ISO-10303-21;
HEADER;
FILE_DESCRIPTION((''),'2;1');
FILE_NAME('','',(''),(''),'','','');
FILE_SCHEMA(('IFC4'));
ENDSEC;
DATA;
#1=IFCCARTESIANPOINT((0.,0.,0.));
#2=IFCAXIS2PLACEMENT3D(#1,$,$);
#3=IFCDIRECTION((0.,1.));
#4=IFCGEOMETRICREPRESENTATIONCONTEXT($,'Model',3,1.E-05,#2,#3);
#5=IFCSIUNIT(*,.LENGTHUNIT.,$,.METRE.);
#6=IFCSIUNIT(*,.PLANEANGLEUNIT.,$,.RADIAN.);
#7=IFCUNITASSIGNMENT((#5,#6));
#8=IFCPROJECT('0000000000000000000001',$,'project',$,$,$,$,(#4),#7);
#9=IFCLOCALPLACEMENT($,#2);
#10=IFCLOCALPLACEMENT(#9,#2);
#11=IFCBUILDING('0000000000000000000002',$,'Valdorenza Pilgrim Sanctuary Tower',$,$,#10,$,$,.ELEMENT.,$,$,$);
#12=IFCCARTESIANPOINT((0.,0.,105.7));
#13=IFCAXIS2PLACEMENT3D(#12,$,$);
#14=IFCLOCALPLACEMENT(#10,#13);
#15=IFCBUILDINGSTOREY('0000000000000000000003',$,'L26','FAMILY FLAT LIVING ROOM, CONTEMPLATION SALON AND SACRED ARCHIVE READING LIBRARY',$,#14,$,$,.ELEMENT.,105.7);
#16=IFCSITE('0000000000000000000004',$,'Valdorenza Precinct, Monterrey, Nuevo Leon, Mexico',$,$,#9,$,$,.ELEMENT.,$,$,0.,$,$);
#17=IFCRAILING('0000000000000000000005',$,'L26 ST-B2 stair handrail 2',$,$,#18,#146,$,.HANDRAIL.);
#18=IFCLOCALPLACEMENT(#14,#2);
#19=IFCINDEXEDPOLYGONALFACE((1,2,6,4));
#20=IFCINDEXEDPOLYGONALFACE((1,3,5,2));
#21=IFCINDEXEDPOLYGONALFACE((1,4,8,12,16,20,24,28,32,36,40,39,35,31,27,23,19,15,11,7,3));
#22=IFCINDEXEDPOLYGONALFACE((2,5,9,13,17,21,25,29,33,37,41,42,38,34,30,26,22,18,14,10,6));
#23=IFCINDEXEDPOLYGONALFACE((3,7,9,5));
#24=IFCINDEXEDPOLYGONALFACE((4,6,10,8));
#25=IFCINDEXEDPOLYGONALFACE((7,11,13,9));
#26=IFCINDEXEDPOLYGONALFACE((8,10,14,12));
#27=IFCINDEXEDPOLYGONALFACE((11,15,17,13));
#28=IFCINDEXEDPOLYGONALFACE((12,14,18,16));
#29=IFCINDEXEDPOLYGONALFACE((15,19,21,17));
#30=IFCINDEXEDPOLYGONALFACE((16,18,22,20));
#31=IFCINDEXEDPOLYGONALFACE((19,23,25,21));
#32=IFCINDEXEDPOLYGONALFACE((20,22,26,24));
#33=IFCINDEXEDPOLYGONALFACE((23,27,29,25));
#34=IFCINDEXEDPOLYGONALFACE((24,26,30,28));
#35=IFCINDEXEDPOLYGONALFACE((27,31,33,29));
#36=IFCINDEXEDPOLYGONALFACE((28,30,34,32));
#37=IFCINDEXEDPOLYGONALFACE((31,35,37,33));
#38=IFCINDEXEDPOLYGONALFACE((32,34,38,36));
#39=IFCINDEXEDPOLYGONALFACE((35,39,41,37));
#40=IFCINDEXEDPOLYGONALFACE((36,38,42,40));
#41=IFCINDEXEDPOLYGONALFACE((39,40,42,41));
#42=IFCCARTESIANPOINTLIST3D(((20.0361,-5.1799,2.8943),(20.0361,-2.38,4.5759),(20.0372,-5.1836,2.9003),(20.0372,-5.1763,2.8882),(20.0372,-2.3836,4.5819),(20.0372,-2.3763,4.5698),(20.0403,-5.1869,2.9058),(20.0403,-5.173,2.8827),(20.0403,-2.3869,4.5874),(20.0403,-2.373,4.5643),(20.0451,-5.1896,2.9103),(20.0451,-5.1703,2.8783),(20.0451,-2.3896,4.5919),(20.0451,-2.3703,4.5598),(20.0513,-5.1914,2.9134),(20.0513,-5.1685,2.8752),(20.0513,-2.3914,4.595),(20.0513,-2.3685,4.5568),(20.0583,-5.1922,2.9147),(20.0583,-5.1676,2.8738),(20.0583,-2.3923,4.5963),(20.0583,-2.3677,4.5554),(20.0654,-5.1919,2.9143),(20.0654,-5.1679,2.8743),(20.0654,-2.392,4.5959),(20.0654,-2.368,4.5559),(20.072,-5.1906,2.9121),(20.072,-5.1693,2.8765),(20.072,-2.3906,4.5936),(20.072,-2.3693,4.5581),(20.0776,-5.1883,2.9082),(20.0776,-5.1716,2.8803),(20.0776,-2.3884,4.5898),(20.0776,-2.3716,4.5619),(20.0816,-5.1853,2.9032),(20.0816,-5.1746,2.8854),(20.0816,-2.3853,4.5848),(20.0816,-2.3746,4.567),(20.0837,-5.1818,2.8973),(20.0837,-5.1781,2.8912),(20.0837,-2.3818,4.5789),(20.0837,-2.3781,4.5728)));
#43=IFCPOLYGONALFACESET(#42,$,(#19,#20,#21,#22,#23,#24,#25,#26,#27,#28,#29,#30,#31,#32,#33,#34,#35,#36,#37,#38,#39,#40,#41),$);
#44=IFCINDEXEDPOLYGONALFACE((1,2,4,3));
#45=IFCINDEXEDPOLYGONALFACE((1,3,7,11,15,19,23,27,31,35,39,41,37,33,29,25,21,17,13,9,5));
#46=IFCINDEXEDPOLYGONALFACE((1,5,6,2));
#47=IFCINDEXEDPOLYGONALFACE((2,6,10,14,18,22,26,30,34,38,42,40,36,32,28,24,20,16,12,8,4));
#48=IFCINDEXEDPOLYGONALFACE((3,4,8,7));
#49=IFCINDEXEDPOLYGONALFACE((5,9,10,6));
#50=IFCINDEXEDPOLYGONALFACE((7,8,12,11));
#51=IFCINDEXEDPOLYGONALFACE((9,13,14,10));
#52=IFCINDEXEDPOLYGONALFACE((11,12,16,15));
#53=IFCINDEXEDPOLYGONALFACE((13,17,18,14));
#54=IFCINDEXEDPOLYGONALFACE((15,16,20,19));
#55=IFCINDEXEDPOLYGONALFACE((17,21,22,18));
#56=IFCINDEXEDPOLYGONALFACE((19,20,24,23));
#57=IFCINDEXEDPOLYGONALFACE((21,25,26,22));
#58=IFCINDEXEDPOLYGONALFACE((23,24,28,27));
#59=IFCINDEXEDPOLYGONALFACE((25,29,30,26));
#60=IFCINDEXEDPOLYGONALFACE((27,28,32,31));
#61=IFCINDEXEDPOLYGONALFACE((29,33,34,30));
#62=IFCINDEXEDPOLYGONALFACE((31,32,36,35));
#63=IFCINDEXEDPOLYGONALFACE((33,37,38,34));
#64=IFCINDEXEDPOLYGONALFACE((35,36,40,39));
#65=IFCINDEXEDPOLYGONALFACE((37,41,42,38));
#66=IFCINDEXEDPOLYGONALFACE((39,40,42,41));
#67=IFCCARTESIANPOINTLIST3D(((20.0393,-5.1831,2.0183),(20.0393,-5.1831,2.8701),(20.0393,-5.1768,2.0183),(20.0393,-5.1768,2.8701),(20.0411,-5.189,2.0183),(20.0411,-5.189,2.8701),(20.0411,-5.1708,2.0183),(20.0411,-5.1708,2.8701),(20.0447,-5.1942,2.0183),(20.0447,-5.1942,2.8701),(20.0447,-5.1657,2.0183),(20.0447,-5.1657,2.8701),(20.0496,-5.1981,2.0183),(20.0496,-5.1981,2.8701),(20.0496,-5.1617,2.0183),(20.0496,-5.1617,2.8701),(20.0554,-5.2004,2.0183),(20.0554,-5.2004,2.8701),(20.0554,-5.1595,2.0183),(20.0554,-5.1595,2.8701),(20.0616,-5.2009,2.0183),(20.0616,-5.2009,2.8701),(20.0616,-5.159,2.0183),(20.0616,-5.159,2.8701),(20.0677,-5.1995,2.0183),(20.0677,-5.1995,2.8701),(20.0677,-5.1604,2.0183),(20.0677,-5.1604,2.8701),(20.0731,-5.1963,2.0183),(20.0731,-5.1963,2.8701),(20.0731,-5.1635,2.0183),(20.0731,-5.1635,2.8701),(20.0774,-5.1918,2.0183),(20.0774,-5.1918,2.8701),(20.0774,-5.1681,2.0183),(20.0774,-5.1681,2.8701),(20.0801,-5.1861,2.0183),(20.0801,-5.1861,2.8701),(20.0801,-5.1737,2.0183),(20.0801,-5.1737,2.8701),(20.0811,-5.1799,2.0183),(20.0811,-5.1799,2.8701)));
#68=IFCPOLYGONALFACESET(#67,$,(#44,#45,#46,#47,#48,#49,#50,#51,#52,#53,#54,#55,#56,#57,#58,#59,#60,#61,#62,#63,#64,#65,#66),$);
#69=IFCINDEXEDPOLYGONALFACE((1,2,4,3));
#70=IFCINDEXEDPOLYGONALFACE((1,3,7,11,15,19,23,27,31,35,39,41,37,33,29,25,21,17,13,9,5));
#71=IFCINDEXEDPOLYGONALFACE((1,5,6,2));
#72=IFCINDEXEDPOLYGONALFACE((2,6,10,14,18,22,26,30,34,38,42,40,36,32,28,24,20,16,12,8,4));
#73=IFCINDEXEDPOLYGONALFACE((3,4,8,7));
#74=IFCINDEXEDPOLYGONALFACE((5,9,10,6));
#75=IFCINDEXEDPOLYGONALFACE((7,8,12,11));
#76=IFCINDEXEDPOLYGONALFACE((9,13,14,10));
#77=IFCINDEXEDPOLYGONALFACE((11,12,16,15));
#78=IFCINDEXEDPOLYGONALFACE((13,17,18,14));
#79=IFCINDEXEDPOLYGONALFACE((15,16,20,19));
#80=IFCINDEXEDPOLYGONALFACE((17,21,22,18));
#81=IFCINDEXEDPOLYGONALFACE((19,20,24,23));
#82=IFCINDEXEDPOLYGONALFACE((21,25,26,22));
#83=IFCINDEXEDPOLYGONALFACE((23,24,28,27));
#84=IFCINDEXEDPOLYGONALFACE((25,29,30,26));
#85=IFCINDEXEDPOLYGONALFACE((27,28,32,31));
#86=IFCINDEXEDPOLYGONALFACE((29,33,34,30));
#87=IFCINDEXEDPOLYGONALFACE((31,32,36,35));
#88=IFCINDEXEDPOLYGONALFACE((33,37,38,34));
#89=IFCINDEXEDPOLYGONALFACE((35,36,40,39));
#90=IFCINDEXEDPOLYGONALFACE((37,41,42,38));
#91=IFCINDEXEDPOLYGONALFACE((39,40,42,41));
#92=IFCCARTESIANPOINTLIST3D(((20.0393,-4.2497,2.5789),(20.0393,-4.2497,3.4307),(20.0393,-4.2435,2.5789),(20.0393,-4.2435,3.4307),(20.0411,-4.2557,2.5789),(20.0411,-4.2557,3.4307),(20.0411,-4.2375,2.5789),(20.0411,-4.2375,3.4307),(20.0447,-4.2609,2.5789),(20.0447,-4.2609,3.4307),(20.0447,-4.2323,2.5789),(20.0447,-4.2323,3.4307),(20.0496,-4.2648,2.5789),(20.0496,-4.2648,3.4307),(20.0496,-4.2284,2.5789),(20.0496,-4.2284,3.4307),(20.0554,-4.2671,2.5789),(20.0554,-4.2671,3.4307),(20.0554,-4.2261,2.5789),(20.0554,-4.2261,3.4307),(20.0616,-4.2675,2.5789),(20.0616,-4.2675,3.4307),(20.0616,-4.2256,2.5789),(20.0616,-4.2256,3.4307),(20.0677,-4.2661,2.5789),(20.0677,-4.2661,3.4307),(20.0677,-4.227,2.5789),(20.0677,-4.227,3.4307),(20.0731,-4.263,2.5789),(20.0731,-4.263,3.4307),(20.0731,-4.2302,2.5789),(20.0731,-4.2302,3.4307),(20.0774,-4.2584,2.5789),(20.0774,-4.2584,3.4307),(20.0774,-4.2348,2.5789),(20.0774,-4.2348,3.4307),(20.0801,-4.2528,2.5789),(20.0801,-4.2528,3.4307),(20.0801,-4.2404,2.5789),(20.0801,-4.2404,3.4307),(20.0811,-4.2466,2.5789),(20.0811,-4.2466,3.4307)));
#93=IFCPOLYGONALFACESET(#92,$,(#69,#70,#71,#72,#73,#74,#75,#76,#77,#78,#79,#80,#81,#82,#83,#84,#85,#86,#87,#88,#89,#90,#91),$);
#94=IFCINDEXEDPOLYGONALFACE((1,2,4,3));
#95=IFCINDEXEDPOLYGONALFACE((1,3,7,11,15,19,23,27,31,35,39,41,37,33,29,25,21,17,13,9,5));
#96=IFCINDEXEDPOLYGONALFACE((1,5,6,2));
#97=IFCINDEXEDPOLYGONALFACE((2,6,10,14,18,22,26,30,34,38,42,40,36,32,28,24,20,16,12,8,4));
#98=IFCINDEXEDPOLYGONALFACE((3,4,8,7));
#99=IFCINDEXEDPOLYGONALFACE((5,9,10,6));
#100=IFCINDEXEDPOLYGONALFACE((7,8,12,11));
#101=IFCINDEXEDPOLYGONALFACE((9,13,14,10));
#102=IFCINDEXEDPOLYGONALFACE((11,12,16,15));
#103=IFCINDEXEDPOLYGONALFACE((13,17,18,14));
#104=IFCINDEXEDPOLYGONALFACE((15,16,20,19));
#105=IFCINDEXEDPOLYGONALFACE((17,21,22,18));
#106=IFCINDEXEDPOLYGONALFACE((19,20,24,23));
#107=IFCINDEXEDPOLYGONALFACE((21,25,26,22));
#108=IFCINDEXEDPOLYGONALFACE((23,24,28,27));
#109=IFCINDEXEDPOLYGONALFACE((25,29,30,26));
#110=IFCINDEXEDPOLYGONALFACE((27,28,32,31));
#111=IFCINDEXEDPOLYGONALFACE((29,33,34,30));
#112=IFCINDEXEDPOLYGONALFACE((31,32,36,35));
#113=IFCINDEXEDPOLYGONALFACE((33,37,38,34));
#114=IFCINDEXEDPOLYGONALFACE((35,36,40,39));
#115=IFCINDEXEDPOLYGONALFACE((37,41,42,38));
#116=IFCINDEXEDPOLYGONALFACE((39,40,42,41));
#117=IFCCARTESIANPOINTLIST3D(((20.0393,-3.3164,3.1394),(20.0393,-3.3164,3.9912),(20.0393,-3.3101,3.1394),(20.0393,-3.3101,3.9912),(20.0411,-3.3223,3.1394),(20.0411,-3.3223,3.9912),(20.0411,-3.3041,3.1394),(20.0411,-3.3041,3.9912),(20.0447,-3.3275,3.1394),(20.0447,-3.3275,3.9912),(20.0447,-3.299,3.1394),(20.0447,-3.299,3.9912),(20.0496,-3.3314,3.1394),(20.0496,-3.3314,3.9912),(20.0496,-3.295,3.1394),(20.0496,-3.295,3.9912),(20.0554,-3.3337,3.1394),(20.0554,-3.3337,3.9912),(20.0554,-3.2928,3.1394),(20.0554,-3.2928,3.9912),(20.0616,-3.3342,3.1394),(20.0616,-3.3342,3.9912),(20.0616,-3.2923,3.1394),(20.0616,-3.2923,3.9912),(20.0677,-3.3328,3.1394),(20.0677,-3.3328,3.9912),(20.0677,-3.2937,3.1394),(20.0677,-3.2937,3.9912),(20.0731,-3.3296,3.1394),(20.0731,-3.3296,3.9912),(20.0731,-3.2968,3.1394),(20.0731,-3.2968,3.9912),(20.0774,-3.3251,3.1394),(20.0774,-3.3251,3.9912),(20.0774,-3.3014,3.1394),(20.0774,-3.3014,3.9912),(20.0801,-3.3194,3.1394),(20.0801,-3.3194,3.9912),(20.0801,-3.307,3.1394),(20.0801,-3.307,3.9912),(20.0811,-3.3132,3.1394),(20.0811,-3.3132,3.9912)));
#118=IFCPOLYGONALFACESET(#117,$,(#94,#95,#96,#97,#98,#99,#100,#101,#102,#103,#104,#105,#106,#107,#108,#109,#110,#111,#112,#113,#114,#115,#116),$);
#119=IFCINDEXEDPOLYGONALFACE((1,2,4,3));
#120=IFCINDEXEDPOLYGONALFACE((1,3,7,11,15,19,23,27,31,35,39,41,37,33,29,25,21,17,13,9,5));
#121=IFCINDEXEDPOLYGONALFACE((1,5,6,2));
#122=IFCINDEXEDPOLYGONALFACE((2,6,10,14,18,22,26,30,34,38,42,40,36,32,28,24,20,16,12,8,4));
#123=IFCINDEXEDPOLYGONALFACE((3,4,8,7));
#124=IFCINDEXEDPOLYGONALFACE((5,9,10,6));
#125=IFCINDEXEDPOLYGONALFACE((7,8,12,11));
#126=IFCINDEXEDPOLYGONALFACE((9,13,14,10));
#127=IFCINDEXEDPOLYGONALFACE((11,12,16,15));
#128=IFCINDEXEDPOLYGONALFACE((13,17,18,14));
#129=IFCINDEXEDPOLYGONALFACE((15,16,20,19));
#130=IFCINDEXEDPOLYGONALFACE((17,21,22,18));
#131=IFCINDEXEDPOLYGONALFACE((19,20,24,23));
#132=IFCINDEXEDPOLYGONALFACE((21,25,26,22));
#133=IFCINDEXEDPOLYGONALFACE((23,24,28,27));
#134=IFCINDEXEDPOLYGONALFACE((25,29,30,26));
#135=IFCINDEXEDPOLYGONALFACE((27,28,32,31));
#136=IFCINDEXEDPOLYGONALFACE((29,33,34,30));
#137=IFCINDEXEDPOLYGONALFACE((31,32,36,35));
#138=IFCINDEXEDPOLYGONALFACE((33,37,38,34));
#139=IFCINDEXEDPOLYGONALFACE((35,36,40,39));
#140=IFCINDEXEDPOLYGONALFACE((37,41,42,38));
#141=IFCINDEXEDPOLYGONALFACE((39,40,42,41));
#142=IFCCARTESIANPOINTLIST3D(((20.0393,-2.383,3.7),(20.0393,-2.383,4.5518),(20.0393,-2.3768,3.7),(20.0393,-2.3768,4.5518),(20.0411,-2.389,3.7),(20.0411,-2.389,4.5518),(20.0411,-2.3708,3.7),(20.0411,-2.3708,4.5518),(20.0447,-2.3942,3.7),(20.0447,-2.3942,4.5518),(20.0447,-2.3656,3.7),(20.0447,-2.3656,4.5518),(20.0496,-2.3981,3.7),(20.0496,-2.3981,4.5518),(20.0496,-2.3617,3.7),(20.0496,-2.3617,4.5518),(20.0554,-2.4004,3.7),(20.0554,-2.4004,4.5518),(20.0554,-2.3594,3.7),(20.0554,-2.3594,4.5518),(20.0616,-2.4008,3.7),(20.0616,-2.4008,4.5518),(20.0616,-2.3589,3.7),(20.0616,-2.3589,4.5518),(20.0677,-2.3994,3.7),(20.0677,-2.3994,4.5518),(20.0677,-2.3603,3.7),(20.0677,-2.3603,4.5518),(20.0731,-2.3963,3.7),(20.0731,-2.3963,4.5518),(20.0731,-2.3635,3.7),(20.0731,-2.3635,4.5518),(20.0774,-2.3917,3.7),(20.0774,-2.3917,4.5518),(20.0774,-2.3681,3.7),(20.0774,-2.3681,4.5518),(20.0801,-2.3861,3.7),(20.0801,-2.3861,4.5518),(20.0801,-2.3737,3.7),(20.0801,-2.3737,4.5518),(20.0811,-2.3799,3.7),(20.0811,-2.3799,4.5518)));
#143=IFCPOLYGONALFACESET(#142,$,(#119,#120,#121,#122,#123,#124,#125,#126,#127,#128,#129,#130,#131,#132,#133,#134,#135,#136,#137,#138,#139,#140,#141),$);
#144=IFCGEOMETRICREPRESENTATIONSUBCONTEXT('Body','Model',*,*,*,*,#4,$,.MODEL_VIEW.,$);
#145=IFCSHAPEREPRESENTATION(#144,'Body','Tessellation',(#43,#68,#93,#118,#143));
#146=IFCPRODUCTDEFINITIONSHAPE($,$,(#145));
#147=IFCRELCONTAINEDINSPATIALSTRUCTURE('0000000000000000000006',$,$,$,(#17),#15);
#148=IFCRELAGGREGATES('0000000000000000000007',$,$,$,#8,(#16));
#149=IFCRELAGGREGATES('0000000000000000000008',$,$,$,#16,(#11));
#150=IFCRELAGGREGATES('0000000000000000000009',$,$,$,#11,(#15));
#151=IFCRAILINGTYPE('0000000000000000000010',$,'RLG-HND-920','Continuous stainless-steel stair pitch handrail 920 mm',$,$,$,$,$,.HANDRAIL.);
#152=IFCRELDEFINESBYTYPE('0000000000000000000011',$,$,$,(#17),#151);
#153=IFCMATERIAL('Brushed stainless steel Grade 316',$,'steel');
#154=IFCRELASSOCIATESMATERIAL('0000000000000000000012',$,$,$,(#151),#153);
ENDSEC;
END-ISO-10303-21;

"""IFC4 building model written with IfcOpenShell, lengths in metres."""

from ifc_helpers import new_model, si_unit, direction, frame, origin, origin_2d, place, context, subcontext, project, spatial, circle, extrude, material, type_object, element, save


model = new_model("IFC4")

# Units and contexts
model_context = context("Model", 3, precision=1e-05, world=origin(), true_north=direction((0.0, 1.0)))
body_context = subcontext(model_context, "Body", "Model", "MODEL_VIEW")
ifc_project = project(units=[si_unit("LENGTHUNIT", "METRE"), si_unit("PLANEANGLEUNIT", "RADIAN")], contexts=[model_context])

# Site, building, storey
site_placement = place(None, origin())
site = spatial("IfcSite", under=ifc_project, at=site_placement, Name="Valdorenza Precinct, Monterrey, Nuevo Leon, Mexico", CompositionType="ELEMENT", RefElevation=0.0)
building_placement = place(site_placement, origin())
building = spatial("IfcBuilding", under=site, at=building_placement, Name="Valdorenza Pilgrim Sanctuary Tower", CompositionType="ELEMENT")
storey_placement = place(building_placement, frame((0.0, 0.0, 105.7)))
storey = spatial("IfcBuildingStorey", under=building, at=storey_placement, Name="L26", Description="FAMILY FLAT LIVING ROOM, CONTEMPLATION SALON AND SACRED ARCHIVE READING LIBRARY", CompositionType="ELEMENT", Elevation=105.7)

# Railing
ifc_material_1 = material(Name="Brushed stainless steel Grade 316", Category="steel")
railing_type_1 = type_object("IfcRailingType", Name="RLG-HND-920", Description="Continuous stainless-steel stair pitch handrail 920 mm", PredefinedType="HANDRAIL", material=ifc_material_1)
railing_1_placement = place(storey_placement, frame((20.0601, -5.1799, 2.0183)))
element("IfcRailing", 1, at=railing_1_placement, inside=storey, type_object=railing_type_1, Name="L26 ST-B2 stair handrail 2", PredefinedType="HANDRAIL", context=body_context, shape_type="SweptSolid", body=[
    extrude(circle(Radius=0.0239, at=origin_2d()), frame((0.0, 0.0, 0.876), z_axis=(0.0, 0.857275, 0.514858), x_axis=(-1.0, 0.0, 0.0)), (0.0, 0.0, 1.0), 3.2661),
    extrude(circle(Radius=0.021, at=origin_2d()), origin(), (0.0, 0.0, 1.0), 0.8518),
    extrude(circle(Radius=0.021, at=origin_2d()), frame((0.0, 0.9333, 0.5605)), (0.0, 0.0, 1.0), 0.8518),
    extrude(circle(Radius=0.021, at=origin_2d()), frame((0.0, 1.8667, 1.1211)), (0.0, 0.0, 1.0), 0.8518),
    extrude(circle(Radius=0.021, at=origin_2d()), frame((0.0, 2.8, 1.6816)), (0.0, 0.0, 1.0), 0.8518),
])

save(model, "model.ifc")
